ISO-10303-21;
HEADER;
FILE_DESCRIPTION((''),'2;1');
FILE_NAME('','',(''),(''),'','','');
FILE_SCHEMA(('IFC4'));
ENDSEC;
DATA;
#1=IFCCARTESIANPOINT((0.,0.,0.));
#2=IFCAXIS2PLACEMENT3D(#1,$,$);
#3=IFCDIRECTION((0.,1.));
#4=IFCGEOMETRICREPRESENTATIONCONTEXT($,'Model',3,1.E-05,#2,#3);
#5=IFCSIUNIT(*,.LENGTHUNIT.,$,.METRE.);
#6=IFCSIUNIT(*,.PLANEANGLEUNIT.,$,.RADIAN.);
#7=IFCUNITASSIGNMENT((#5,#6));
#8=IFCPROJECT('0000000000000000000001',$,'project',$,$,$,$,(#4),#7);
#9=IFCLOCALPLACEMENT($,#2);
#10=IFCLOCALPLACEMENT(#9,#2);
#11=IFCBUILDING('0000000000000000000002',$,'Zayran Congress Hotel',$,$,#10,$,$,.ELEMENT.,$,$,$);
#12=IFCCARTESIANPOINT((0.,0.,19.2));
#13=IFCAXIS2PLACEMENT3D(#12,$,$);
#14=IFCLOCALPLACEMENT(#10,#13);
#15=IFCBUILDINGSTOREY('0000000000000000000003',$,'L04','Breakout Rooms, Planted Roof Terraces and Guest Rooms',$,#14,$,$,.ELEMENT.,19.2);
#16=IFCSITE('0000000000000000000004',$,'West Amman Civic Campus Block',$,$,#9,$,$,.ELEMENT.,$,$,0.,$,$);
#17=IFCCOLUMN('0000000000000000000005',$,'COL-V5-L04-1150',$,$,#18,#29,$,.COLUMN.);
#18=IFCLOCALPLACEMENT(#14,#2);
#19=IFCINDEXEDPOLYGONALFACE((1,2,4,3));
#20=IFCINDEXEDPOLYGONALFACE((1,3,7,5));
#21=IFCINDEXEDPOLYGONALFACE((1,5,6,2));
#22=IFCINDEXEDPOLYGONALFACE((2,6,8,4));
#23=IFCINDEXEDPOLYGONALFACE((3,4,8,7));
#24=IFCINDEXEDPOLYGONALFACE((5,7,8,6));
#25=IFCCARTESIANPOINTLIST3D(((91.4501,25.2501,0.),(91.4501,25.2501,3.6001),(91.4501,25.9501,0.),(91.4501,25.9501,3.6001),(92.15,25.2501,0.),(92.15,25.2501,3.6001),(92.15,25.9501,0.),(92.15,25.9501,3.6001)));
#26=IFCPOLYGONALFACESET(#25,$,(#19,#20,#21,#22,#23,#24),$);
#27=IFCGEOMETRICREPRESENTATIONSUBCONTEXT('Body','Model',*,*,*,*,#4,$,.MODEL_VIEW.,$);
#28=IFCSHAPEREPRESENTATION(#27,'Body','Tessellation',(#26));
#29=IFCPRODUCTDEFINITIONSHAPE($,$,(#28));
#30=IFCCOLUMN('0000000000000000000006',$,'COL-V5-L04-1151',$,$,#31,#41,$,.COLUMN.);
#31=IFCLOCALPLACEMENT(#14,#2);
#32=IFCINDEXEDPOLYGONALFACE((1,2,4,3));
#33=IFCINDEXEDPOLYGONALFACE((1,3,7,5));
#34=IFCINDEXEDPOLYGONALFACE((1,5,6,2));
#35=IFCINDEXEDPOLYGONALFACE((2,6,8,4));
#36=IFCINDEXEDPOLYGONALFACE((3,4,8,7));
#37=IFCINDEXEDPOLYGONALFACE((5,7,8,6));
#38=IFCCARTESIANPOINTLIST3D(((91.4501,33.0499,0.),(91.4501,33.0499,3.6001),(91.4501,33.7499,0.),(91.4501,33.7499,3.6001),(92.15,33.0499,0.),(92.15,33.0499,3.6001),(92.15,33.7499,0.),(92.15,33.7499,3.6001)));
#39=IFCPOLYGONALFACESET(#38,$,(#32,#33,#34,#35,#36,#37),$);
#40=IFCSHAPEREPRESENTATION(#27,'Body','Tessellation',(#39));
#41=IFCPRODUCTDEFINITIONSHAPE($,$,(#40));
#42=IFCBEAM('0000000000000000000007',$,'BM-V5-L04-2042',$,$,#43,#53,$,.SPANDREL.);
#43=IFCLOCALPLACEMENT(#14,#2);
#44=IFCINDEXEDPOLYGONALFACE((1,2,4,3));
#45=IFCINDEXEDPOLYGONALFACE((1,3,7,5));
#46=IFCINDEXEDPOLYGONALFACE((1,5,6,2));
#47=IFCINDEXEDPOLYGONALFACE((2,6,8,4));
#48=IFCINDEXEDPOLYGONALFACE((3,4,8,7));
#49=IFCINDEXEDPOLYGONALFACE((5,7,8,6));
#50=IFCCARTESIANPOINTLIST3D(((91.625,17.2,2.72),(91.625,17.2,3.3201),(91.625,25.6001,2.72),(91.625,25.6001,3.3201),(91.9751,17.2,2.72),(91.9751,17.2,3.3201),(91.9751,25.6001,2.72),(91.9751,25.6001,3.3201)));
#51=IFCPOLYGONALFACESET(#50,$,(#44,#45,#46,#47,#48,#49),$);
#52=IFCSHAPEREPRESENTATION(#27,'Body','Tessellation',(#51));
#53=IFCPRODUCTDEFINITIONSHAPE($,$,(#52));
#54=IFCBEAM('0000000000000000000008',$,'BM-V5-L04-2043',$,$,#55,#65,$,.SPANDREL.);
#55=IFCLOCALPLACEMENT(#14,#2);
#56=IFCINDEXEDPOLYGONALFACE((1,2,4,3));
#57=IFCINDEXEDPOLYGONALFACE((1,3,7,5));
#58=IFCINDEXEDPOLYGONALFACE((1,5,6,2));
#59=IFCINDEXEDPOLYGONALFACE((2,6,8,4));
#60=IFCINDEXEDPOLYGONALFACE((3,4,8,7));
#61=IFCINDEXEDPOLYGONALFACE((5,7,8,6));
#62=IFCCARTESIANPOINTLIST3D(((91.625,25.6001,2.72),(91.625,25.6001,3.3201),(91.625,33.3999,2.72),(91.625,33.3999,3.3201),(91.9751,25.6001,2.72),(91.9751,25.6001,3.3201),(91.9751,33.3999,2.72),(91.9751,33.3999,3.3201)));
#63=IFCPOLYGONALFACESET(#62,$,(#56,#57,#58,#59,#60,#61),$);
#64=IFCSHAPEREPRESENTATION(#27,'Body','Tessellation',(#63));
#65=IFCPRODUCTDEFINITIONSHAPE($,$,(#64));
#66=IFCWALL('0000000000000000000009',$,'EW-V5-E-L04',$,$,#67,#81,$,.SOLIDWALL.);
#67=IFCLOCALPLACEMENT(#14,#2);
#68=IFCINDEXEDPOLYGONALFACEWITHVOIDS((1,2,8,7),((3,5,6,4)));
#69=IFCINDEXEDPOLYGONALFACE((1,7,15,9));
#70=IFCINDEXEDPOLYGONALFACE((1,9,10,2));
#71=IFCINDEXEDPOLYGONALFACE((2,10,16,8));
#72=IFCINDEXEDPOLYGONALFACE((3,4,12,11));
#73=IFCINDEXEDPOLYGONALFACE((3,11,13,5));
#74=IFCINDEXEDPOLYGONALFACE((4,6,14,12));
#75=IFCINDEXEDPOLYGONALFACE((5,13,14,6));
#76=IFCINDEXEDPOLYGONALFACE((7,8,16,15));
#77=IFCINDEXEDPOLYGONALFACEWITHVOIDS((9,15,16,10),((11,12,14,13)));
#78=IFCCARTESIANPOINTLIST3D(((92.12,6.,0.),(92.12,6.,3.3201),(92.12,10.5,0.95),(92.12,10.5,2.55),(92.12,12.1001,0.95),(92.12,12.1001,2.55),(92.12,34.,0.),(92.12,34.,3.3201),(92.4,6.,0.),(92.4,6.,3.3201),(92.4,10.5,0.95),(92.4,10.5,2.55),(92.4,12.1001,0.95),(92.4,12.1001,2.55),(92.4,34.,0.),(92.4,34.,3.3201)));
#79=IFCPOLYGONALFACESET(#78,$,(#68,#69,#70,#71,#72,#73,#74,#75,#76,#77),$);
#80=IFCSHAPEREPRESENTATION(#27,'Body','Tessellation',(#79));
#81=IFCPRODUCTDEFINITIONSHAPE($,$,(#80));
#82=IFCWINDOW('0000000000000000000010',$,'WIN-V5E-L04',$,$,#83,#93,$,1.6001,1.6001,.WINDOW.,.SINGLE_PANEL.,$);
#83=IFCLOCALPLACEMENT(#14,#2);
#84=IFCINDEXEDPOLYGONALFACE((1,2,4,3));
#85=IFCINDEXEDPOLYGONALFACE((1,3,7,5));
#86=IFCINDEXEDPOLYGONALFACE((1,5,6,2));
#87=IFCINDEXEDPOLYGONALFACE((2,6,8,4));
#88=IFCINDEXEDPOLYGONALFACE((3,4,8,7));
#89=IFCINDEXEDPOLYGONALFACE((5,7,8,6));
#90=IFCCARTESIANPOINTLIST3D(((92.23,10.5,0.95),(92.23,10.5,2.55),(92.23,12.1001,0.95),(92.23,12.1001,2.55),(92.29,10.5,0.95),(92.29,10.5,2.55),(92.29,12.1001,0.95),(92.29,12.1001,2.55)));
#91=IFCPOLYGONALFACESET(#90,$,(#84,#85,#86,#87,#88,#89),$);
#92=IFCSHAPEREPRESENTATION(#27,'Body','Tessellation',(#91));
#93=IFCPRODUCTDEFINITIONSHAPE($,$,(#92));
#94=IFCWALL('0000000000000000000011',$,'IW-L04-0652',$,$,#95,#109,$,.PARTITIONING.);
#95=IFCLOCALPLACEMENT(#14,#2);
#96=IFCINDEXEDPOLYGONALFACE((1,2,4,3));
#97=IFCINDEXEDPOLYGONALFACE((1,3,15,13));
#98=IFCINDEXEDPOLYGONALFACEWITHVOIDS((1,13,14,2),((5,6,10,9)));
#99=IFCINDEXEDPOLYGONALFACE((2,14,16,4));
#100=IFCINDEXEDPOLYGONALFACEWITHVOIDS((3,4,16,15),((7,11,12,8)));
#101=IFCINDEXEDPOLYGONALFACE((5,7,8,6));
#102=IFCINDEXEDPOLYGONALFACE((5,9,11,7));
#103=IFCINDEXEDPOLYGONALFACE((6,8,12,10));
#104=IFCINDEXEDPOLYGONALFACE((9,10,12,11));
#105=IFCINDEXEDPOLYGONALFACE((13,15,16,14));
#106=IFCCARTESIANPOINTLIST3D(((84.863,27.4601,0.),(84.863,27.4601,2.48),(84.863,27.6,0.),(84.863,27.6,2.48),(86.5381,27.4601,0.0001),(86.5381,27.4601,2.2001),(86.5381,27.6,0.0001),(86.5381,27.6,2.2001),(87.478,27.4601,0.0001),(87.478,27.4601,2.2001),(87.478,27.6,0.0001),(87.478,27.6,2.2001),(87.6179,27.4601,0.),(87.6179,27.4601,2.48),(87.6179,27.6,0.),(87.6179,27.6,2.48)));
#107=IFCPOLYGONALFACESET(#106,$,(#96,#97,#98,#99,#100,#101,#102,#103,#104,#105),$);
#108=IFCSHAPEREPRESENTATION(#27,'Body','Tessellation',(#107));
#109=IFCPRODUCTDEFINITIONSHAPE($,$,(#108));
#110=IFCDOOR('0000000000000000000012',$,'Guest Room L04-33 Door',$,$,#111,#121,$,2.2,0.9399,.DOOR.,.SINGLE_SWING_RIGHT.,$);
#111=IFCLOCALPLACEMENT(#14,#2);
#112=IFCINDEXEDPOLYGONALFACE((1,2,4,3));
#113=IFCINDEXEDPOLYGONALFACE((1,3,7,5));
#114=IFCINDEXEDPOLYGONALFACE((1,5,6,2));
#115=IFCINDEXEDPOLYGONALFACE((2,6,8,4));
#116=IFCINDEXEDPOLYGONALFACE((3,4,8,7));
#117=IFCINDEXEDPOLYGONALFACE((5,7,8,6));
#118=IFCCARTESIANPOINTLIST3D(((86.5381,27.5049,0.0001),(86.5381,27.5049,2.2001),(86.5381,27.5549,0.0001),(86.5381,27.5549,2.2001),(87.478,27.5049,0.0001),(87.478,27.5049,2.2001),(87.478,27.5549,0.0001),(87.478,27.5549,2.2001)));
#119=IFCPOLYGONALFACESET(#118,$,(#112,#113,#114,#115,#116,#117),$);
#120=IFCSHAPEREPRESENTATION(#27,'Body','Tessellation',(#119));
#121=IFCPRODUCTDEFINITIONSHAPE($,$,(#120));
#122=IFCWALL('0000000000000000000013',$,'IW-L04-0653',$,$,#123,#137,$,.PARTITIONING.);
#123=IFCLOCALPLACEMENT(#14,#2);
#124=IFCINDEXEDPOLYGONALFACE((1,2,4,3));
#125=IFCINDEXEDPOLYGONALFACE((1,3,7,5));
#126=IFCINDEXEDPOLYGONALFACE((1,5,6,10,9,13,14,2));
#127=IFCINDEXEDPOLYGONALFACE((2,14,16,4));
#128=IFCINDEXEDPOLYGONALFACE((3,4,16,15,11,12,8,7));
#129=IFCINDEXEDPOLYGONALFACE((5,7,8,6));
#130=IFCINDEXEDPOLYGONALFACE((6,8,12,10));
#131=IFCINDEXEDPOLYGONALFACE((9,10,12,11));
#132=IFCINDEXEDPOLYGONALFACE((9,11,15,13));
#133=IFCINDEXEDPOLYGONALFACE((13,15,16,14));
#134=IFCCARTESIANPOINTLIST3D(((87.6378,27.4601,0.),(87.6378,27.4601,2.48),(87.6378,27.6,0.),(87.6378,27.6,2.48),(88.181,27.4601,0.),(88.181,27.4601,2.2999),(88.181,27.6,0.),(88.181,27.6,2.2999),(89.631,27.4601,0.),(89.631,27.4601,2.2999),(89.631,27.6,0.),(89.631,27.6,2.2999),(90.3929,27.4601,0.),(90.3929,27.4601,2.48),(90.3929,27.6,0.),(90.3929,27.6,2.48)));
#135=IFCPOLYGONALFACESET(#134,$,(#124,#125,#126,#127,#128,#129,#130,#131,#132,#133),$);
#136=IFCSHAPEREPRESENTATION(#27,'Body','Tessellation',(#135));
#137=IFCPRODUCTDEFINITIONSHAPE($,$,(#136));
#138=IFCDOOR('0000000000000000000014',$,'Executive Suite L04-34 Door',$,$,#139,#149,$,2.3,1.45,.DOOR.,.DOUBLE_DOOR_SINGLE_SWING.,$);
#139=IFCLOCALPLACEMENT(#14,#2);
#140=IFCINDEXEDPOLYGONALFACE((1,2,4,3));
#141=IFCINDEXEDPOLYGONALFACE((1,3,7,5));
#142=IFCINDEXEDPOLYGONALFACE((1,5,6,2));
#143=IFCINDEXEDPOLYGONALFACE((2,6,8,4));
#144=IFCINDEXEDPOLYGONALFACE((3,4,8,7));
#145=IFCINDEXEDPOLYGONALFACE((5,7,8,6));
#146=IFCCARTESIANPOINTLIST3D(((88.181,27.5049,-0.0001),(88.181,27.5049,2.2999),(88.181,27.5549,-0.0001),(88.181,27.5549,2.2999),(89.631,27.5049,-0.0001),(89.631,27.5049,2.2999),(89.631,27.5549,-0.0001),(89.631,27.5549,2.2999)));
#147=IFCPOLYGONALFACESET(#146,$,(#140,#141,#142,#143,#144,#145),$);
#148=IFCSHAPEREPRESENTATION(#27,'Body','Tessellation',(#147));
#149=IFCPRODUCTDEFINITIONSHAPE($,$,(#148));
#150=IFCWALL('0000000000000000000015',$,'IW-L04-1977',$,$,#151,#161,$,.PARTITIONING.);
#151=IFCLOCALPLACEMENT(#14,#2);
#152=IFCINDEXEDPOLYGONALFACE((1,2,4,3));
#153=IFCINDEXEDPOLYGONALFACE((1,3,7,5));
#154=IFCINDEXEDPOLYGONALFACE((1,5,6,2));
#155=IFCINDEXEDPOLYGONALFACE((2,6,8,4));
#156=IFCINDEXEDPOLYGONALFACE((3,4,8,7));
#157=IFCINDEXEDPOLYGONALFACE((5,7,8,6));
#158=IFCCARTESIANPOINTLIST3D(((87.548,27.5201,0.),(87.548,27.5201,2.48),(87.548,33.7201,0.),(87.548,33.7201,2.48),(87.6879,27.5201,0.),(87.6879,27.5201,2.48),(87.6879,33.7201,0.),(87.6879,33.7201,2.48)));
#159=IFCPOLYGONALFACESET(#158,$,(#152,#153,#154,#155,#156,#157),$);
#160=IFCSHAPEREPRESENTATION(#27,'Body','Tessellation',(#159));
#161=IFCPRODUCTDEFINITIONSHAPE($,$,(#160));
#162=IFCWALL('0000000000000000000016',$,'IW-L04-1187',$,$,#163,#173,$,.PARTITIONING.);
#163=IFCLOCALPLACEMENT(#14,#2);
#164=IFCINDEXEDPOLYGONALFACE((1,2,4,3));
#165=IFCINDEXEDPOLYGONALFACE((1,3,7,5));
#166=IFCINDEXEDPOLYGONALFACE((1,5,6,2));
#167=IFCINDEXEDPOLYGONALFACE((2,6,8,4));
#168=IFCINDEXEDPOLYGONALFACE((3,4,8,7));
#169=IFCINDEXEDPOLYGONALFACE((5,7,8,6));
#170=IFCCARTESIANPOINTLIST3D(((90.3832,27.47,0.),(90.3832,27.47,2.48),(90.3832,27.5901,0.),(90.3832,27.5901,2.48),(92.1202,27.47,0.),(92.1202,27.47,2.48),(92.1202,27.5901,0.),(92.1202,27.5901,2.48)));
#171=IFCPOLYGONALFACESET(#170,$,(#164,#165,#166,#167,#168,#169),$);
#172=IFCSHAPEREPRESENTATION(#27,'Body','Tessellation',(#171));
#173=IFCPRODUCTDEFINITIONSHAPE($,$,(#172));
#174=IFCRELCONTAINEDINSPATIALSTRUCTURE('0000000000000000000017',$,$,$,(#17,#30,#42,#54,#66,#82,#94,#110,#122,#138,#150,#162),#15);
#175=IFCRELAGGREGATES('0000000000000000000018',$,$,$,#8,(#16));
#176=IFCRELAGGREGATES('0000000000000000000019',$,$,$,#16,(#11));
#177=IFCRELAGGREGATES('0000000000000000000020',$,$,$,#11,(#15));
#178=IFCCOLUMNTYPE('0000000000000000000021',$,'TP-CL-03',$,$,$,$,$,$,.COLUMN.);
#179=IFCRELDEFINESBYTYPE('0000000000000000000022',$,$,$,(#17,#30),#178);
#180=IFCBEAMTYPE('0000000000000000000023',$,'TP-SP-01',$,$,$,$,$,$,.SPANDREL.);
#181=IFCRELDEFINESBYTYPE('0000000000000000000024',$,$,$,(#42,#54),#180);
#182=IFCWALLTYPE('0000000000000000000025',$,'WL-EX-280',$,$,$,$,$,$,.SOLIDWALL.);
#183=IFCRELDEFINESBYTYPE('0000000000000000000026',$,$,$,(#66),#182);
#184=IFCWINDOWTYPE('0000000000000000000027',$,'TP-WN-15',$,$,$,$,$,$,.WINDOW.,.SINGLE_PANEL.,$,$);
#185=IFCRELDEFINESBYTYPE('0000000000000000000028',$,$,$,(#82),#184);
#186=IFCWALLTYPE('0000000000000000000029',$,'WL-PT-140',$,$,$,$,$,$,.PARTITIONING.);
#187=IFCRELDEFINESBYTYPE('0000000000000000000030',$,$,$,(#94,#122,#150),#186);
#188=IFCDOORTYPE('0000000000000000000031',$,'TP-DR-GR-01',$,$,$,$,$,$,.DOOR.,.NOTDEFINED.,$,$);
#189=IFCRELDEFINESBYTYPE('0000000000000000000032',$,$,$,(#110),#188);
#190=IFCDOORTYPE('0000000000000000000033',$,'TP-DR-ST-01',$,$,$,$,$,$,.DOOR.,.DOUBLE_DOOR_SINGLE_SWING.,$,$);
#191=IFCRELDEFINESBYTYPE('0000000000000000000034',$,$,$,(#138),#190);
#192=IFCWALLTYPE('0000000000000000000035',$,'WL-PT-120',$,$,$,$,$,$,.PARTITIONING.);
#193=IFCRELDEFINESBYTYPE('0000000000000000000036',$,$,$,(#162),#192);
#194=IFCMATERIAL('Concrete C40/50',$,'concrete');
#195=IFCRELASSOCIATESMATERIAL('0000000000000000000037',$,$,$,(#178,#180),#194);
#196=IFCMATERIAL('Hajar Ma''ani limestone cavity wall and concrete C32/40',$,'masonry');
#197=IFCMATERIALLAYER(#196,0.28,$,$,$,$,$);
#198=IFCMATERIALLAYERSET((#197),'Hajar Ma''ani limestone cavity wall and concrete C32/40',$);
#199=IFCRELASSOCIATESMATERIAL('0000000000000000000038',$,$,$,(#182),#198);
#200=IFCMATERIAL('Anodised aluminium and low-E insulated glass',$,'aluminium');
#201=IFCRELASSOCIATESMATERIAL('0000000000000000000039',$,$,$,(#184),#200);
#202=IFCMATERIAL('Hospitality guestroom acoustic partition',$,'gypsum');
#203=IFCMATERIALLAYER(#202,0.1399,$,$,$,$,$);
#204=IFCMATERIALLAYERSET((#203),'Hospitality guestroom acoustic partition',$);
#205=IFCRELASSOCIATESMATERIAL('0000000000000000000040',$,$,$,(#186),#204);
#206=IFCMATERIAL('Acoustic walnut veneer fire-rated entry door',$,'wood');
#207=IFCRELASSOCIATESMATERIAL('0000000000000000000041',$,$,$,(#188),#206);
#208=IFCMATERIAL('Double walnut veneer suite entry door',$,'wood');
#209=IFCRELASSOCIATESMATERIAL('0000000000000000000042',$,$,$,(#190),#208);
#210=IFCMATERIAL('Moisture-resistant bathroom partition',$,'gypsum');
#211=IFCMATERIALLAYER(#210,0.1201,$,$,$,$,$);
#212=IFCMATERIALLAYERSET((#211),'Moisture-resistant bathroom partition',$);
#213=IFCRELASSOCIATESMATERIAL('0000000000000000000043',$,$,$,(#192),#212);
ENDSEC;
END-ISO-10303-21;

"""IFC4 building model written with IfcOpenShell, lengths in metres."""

from ifc_helpers import new_model, si_unit, direction, frame, frame_2d, origin, origin_2d, place, context, subcontext, project, spatial, rectangle, extrude, material, layer, layer_set, material_profile, profile_set, type_object, element, fill, save


model = new_model("IFC4")

# Units and contexts
model_context = context("Model", 3, precision=1e-05, world=origin(), true_north=direction((0.0, 1.0)))
body_context = subcontext(model_context, "Body", "Model", "MODEL_VIEW")
ifc_project = project(units=[si_unit("LENGTHUNIT", "METRE"), si_unit("PLANEANGLEUNIT", "RADIAN")], contexts=[model_context])

# Site, building, storey
site_placement = place(None, origin())
site = spatial("IfcSite", under=ifc_project, at=site_placement, Name="West Amman Civic Campus Block", CompositionType="ELEMENT", RefElevation=0.0)
building_placement = place(site_placement, origin())
building = spatial("IfcBuilding", under=site, at=building_placement, Name="Zayran Congress Hotel", CompositionType="ELEMENT")
storey_placement = place(building_placement, frame((0.0, 0.0, 19.2)))
storey = spatial("IfcBuildingStorey", under=building, at=storey_placement, Name="L04", Description="Breakout Rooms, Planted Roof Terraces and Guest Rooms", CompositionType="ELEMENT", Elevation=19.2)

# Columns
ifc_material_1 = material(Name="Concrete C40/50", Category="concrete")
ifc_material_profile_1 = material_profile(ifc_material_1, rectangle(XDim=0.7, YDim=0.7, at=origin_2d()), Name="RC 700x700")
ifc_profile_set_1 = profile_set([ifc_material_profile_1], Name="Concrete C40/50")
column_type = type_object("IfcColumnType", Name="TP-CL-03", PredefinedType="COLUMN", material=ifc_profile_set_1)
for number, where, z_axis, x_axis, name in (
    (1, (91.8, 25.6001, 0.0), (0.0, 0.0, 1.0), (1.0, 0.0, 0.0), "COL-V5-L04-1150"),
    (2, (91.8, 33.3999, 0.0), (0.0, 0.0, 1.0), (1.0, 0.0, 0.0), "COL-V5-L04-1151"),
):
    element("IfcColumn", number, at=place(storey_placement, frame(where, z_axis=z_axis, x_axis=x_axis)), inside=storey, type_object=column_type, Name=name, PredefinedType="COLUMN", context=body_context, shape_type="SweptSolid", body=[
        extrude(rectangle(XDim=0.7, YDim=0.7, at=origin_2d()), origin(), (0.0, 0.0, 1.0), 3.6001),
    ])

# Beams
ifc_material_profile_2 = material_profile(ifc_material_1, rectangle(XDim=0.3501, YDim=0.6001, at=origin_2d()), Name="RC 350x600")
ifc_profile_set_2 = profile_set([ifc_material_profile_2], Name="Concrete C40/50")
beam_type = type_object("IfcBeamType", Name="TP-SP-01", PredefinedType="SPANDREL", material=ifc_profile_set_2)
beam_1_placement = place(storey_placement, frame((91.8, 17.2, 3.02), z_axis=(0.0, 1.0, 0.0), x_axis=(-1.0, 0.0, 0.0)))
element("IfcBeam", 3, at=beam_1_placement, inside=storey, type_object=beam_type, Name="BM-V5-L04-2042", PredefinedType="SPANDREL", context=body_context, shape_type="SweptSolid", body=[
    extrude(rectangle(XDim=0.3501, YDim=0.6001, at=origin_2d()), origin(), (0.0, 0.0, 1.0), 8.4001),
])
beam_2_placement = place(storey_placement, frame((91.8, 25.6001, 3.02), z_axis=(0.0, 1.0, 0.0), x_axis=(-1.0, 0.0, 0.0)))
element("IfcBeam", 4, at=beam_2_placement, inside=storey, type_object=beam_type, Name="BM-V5-L04-2043", PredefinedType="SPANDREL", context=body_context, shape_type="SweptSolid", body=[
    extrude(rectangle(XDim=0.3501, YDim=0.6001, at=origin_2d()), origin(), (0.0, 0.0, 1.0), 7.7998),
])

# Wall, opening, window
ifc_material_2 = material(Name="Hajar Ma'ani limestone cavity wall and concrete C32/40", Category="masonry")
ifc_layer_1 = layer(ifc_material_2, 0.28)
ifc_layer_set_1 = layer_set([ifc_layer_1], Name="Hajar Ma'ani limestone cavity wall and concrete C32/40")
wall_type_1 = type_object("IfcWallType", Name="WL-EX-280", PredefinedType="SOLIDWALL", material=ifc_layer_set_1)
wall_1_placement = place(storey_placement, frame((92.26, 34.0, 0.0), z_axis=(0.0, 0.0, 1.0), x_axis=(0.0, -1.0, 0.0)))
wall_1 = element("IfcWall", 5, at=wall_1_placement, inside=storey, type_object=wall_type_1, Name="EW-V5-E-L04", PredefinedType="SOLIDWALL", context=body_context, shape_type="SweptSolid", body=[
    extrude(rectangle(XDim=28.0, YDim=0.28, at=frame_2d((14.0, 0.0))), origin(), (0.0, 0.0, 1.0), 3.3201),
])
opening_1_placement = place(wall_1_placement, frame((21.8999, 0.0, 0.95)))
opening_1 = element("IfcOpeningElement", 6, at=opening_1_placement, cuts=wall_1, PredefinedType="OPENING", context=body_context, shape_type="SweptSolid", body=[
    extrude(rectangle(XDim=1.6001, YDim=1.6001, at=frame_2d((0.8, 0.8))), frame((0.0, 0.1499, 0.0), z_axis=(0.0, -1.0, 0.0), x_axis=(1.0, 0.0, 0.0)), (0.0, 0.0, 1.0), 0.3),
])
ifc_material_3 = material(Name="Anodised aluminium and low-E insulated glass", Category="aluminium")
window_type = type_object("IfcWindowType", Name="TP-WN-15", PartitioningType="SINGLE_PANEL", PredefinedType="WINDOW", material=ifc_material_3)
window_placement = place(opening_1_placement, origin())
window = element("IfcWindow", 7, at=window_placement, inside=storey, type_object=window_type, Name="WIN-V5E-L04", OverallHeight=1.6001, OverallWidth=1.6001, PartitioningType="SINGLE_PANEL", PredefinedType="WINDOW", context=body_context, shape_type="SweptSolid", body=[
    extrude(rectangle(XDim=1.6001, YDim=1.6001, at=frame_2d((0.8, 0.8))), frame((0.0, 0.03, 0.0), z_axis=(0.0, -1.0, 0.0), x_axis=(1.0, 0.0, 0.0)), (0.0, 0.0, 1.0), 0.0601),
])
fill(opening_1, window)

# Walls, openings, doors
ifc_material_4 = material(Name="Hospitality guestroom acoustic partition", Category="gypsum")
ifc_layer_2 = layer(ifc_material_4, 0.1399)
ifc_layer_set_2 = layer_set([ifc_layer_2], Name="Hospitality guestroom acoustic partition")
wall_type_2 = type_object("IfcWallType", Name="WL-PT-140", PredefinedType="PARTITIONING", material=ifc_layer_set_2)
wall_2_placement = place(storey_placement, frame((84.863, 27.53, 0.0), z_axis=(0.0, 0.0, 1.0), x_axis=(1.0, 0.0, 0.0)))
wall_2 = element("IfcWall", 8, at=wall_2_placement, inside=storey, type_object=wall_type_2, Name="IW-L04-0652", PredefinedType="PARTITIONING", context=body_context, shape_type="SweptSolid", body=[
    extrude(rectangle(XDim=2.7549, YDim=0.1399, at=frame_2d((1.3774, 0.0))), origin(), (0.0, 0.0, 1.0), 2.48),
])
opening_2_placement = place(wall_2_placement, frame((1.675, 0.0, 0.0)))
opening_2 = element("IfcOpeningElement", 9, at=opening_2_placement, cuts=wall_2, PredefinedType="OPENING", context=body_context, shape_type="SweptSolid", body=[
    extrude(rectangle(XDim=0.9399, YDim=2.2, at=frame_2d((0.47, 1.1001))), frame((0.0, 0.0798, 0.0), z_axis=(0.0, -1.0, 0.0), x_axis=(1.0, 0.0, 0.0)), (0.0, 0.0, 1.0), 0.1599),
])
ifc_material_5 = material(Name="Acoustic walnut veneer fire-rated entry door", Category="wood")
door_type_1 = type_object("IfcDoorType", Name="TP-DR-GR-01", OperationType="NOTDEFINED", PredefinedType="DOOR", material=ifc_material_5)
door_1_placement = place(opening_2_placement, origin())
door_1 = element("IfcDoor", 10, at=door_1_placement, inside=storey, type_object=door_type_1, Name="Guest Room L04-33 Door", OperationType="SINGLE_SWING_RIGHT", OverallHeight=2.2, OverallWidth=0.9399, PredefinedType="DOOR", context=body_context, shape_type="SweptSolid", body=[
    extrude(rectangle(XDim=0.9399, YDim=2.2, at=frame_2d((0.47, 1.1001))), frame((0.0, 0.0249, 0.0), z_axis=(0.0, -1.0, 0.0), x_axis=(1.0, 0.0, 0.0)), (0.0, 0.0, 1.0), 0.05),
])
fill(opening_2, door_1)
wall_3_placement = place(storey_placement, frame((87.6379, 27.53, 0.0), z_axis=(0.0, 0.0, 1.0), x_axis=(1.0, 0.0, 0.0)))
wall_3 = element("IfcWall", 11, at=wall_3_placement, inside=storey, type_object=wall_type_2, Name="IW-L04-0653", PredefinedType="PARTITIONING", context=body_context, shape_type="SweptSolid", body=[
    extrude(rectangle(XDim=2.7551, YDim=0.1399, at=frame_2d((1.3774, 0.0))), origin(), (0.0, 0.0, 1.0), 2.48),
])
opening_3_placement = place(wall_3_placement, frame((0.543, 0.0, 0.0)))
opening_3 = element("IfcOpeningElement", 12, at=opening_3_placement, cuts=wall_3, PredefinedType="OPENING", context=body_context, shape_type="SweptSolid", body=[
    extrude(rectangle(XDim=1.45, YDim=2.3, at=frame_2d((0.7251, 1.1499))), frame((0.0, 0.0798, 0.0), z_axis=(0.0, -1.0, 0.0), x_axis=(1.0, 0.0, 0.0)), (0.0, 0.0, 1.0), 0.1599),
])
ifc_material_6 = material(Name="Double walnut veneer suite entry door", Category="wood")
door_type_2 = type_object("IfcDoorType", Name="TP-DR-ST-01", OperationType="DOUBLE_DOOR_SINGLE_SWING", PredefinedType="DOOR", material=ifc_material_6)
door_2_placement = place(opening_3_placement, origin())
door_2 = element("IfcDoor", 13, at=door_2_placement, inside=storey, type_object=door_type_2, Name="Executive Suite L04-34 Door", OperationType="DOUBLE_DOOR_SINGLE_SWING", OverallHeight=2.3, OverallWidth=1.45, PredefinedType="DOOR", context=body_context, shape_type="SweptSolid", body=[
    extrude(rectangle(XDim=1.45, YDim=2.3, at=frame_2d((0.7251, 1.1499))), frame((0.0, 0.0249, 0.0), z_axis=(0.0, -1.0, 0.0), x_axis=(1.0, 0.0, 0.0)), (0.0, 0.0, 1.0), 0.05),
])
fill(opening_3, door_2)

# Wall
wall_4_placement = place(storey_placement, frame((87.6179, 27.52, 0.0), z_axis=(0.0, 0.0, 1.0), x_axis=(0.0, 1.0, 0.0)))
element("IfcWall", 14, at=wall_4_placement, inside=storey, type_object=wall_type_2, Name="IW-L04-1977", PredefinedType="PARTITIONING", context=body_context, shape_type="SweptSolid", body=[
    extrude(rectangle(XDim=6.2, YDim=0.1399, at=frame_2d((3.1001, 0.0))), origin(), (0.0, 0.0, 1.0), 2.48),
])

# Shared definitions
ifc_material_7 = material(Name="Moisture-resistant bathroom partition", Category="gypsum")
ifc_layer_3 = layer(ifc_material_7, 0.1201)
ifc_layer_set_3 = layer_set([ifc_layer_3], Name="Moisture-resistant bathroom partition")
wall_type_3 = type_object("IfcWallType", Name="WL-PT-120", PredefinedType="PARTITIONING", material=ifc_layer_set_3)

# Wall
for number, where, z_axis, x_axis, name in (
    (15, (90.3831, 27.53, 0.0), (0.0, 0.0, 1.0), (1.0, 0.0, 0.0), "IW-L04-1187"),
):
    element("IfcWall", number, at=place(storey_placement, frame(where, z_axis=z_axis, x_axis=x_axis)), inside=storey, type_object=wall_type_3, Name=name, PredefinedType="PARTITIONING", context=body_context, shape_type="SweptSolid", body=[
        extrude(rectangle(XDim=1.7371, YDim=0.1201, at=frame_2d((0.8687, 0.0))), origin(), (0.0, 0.0, 1.0), 2.48),
    ])

save(model, "model.ifc")
